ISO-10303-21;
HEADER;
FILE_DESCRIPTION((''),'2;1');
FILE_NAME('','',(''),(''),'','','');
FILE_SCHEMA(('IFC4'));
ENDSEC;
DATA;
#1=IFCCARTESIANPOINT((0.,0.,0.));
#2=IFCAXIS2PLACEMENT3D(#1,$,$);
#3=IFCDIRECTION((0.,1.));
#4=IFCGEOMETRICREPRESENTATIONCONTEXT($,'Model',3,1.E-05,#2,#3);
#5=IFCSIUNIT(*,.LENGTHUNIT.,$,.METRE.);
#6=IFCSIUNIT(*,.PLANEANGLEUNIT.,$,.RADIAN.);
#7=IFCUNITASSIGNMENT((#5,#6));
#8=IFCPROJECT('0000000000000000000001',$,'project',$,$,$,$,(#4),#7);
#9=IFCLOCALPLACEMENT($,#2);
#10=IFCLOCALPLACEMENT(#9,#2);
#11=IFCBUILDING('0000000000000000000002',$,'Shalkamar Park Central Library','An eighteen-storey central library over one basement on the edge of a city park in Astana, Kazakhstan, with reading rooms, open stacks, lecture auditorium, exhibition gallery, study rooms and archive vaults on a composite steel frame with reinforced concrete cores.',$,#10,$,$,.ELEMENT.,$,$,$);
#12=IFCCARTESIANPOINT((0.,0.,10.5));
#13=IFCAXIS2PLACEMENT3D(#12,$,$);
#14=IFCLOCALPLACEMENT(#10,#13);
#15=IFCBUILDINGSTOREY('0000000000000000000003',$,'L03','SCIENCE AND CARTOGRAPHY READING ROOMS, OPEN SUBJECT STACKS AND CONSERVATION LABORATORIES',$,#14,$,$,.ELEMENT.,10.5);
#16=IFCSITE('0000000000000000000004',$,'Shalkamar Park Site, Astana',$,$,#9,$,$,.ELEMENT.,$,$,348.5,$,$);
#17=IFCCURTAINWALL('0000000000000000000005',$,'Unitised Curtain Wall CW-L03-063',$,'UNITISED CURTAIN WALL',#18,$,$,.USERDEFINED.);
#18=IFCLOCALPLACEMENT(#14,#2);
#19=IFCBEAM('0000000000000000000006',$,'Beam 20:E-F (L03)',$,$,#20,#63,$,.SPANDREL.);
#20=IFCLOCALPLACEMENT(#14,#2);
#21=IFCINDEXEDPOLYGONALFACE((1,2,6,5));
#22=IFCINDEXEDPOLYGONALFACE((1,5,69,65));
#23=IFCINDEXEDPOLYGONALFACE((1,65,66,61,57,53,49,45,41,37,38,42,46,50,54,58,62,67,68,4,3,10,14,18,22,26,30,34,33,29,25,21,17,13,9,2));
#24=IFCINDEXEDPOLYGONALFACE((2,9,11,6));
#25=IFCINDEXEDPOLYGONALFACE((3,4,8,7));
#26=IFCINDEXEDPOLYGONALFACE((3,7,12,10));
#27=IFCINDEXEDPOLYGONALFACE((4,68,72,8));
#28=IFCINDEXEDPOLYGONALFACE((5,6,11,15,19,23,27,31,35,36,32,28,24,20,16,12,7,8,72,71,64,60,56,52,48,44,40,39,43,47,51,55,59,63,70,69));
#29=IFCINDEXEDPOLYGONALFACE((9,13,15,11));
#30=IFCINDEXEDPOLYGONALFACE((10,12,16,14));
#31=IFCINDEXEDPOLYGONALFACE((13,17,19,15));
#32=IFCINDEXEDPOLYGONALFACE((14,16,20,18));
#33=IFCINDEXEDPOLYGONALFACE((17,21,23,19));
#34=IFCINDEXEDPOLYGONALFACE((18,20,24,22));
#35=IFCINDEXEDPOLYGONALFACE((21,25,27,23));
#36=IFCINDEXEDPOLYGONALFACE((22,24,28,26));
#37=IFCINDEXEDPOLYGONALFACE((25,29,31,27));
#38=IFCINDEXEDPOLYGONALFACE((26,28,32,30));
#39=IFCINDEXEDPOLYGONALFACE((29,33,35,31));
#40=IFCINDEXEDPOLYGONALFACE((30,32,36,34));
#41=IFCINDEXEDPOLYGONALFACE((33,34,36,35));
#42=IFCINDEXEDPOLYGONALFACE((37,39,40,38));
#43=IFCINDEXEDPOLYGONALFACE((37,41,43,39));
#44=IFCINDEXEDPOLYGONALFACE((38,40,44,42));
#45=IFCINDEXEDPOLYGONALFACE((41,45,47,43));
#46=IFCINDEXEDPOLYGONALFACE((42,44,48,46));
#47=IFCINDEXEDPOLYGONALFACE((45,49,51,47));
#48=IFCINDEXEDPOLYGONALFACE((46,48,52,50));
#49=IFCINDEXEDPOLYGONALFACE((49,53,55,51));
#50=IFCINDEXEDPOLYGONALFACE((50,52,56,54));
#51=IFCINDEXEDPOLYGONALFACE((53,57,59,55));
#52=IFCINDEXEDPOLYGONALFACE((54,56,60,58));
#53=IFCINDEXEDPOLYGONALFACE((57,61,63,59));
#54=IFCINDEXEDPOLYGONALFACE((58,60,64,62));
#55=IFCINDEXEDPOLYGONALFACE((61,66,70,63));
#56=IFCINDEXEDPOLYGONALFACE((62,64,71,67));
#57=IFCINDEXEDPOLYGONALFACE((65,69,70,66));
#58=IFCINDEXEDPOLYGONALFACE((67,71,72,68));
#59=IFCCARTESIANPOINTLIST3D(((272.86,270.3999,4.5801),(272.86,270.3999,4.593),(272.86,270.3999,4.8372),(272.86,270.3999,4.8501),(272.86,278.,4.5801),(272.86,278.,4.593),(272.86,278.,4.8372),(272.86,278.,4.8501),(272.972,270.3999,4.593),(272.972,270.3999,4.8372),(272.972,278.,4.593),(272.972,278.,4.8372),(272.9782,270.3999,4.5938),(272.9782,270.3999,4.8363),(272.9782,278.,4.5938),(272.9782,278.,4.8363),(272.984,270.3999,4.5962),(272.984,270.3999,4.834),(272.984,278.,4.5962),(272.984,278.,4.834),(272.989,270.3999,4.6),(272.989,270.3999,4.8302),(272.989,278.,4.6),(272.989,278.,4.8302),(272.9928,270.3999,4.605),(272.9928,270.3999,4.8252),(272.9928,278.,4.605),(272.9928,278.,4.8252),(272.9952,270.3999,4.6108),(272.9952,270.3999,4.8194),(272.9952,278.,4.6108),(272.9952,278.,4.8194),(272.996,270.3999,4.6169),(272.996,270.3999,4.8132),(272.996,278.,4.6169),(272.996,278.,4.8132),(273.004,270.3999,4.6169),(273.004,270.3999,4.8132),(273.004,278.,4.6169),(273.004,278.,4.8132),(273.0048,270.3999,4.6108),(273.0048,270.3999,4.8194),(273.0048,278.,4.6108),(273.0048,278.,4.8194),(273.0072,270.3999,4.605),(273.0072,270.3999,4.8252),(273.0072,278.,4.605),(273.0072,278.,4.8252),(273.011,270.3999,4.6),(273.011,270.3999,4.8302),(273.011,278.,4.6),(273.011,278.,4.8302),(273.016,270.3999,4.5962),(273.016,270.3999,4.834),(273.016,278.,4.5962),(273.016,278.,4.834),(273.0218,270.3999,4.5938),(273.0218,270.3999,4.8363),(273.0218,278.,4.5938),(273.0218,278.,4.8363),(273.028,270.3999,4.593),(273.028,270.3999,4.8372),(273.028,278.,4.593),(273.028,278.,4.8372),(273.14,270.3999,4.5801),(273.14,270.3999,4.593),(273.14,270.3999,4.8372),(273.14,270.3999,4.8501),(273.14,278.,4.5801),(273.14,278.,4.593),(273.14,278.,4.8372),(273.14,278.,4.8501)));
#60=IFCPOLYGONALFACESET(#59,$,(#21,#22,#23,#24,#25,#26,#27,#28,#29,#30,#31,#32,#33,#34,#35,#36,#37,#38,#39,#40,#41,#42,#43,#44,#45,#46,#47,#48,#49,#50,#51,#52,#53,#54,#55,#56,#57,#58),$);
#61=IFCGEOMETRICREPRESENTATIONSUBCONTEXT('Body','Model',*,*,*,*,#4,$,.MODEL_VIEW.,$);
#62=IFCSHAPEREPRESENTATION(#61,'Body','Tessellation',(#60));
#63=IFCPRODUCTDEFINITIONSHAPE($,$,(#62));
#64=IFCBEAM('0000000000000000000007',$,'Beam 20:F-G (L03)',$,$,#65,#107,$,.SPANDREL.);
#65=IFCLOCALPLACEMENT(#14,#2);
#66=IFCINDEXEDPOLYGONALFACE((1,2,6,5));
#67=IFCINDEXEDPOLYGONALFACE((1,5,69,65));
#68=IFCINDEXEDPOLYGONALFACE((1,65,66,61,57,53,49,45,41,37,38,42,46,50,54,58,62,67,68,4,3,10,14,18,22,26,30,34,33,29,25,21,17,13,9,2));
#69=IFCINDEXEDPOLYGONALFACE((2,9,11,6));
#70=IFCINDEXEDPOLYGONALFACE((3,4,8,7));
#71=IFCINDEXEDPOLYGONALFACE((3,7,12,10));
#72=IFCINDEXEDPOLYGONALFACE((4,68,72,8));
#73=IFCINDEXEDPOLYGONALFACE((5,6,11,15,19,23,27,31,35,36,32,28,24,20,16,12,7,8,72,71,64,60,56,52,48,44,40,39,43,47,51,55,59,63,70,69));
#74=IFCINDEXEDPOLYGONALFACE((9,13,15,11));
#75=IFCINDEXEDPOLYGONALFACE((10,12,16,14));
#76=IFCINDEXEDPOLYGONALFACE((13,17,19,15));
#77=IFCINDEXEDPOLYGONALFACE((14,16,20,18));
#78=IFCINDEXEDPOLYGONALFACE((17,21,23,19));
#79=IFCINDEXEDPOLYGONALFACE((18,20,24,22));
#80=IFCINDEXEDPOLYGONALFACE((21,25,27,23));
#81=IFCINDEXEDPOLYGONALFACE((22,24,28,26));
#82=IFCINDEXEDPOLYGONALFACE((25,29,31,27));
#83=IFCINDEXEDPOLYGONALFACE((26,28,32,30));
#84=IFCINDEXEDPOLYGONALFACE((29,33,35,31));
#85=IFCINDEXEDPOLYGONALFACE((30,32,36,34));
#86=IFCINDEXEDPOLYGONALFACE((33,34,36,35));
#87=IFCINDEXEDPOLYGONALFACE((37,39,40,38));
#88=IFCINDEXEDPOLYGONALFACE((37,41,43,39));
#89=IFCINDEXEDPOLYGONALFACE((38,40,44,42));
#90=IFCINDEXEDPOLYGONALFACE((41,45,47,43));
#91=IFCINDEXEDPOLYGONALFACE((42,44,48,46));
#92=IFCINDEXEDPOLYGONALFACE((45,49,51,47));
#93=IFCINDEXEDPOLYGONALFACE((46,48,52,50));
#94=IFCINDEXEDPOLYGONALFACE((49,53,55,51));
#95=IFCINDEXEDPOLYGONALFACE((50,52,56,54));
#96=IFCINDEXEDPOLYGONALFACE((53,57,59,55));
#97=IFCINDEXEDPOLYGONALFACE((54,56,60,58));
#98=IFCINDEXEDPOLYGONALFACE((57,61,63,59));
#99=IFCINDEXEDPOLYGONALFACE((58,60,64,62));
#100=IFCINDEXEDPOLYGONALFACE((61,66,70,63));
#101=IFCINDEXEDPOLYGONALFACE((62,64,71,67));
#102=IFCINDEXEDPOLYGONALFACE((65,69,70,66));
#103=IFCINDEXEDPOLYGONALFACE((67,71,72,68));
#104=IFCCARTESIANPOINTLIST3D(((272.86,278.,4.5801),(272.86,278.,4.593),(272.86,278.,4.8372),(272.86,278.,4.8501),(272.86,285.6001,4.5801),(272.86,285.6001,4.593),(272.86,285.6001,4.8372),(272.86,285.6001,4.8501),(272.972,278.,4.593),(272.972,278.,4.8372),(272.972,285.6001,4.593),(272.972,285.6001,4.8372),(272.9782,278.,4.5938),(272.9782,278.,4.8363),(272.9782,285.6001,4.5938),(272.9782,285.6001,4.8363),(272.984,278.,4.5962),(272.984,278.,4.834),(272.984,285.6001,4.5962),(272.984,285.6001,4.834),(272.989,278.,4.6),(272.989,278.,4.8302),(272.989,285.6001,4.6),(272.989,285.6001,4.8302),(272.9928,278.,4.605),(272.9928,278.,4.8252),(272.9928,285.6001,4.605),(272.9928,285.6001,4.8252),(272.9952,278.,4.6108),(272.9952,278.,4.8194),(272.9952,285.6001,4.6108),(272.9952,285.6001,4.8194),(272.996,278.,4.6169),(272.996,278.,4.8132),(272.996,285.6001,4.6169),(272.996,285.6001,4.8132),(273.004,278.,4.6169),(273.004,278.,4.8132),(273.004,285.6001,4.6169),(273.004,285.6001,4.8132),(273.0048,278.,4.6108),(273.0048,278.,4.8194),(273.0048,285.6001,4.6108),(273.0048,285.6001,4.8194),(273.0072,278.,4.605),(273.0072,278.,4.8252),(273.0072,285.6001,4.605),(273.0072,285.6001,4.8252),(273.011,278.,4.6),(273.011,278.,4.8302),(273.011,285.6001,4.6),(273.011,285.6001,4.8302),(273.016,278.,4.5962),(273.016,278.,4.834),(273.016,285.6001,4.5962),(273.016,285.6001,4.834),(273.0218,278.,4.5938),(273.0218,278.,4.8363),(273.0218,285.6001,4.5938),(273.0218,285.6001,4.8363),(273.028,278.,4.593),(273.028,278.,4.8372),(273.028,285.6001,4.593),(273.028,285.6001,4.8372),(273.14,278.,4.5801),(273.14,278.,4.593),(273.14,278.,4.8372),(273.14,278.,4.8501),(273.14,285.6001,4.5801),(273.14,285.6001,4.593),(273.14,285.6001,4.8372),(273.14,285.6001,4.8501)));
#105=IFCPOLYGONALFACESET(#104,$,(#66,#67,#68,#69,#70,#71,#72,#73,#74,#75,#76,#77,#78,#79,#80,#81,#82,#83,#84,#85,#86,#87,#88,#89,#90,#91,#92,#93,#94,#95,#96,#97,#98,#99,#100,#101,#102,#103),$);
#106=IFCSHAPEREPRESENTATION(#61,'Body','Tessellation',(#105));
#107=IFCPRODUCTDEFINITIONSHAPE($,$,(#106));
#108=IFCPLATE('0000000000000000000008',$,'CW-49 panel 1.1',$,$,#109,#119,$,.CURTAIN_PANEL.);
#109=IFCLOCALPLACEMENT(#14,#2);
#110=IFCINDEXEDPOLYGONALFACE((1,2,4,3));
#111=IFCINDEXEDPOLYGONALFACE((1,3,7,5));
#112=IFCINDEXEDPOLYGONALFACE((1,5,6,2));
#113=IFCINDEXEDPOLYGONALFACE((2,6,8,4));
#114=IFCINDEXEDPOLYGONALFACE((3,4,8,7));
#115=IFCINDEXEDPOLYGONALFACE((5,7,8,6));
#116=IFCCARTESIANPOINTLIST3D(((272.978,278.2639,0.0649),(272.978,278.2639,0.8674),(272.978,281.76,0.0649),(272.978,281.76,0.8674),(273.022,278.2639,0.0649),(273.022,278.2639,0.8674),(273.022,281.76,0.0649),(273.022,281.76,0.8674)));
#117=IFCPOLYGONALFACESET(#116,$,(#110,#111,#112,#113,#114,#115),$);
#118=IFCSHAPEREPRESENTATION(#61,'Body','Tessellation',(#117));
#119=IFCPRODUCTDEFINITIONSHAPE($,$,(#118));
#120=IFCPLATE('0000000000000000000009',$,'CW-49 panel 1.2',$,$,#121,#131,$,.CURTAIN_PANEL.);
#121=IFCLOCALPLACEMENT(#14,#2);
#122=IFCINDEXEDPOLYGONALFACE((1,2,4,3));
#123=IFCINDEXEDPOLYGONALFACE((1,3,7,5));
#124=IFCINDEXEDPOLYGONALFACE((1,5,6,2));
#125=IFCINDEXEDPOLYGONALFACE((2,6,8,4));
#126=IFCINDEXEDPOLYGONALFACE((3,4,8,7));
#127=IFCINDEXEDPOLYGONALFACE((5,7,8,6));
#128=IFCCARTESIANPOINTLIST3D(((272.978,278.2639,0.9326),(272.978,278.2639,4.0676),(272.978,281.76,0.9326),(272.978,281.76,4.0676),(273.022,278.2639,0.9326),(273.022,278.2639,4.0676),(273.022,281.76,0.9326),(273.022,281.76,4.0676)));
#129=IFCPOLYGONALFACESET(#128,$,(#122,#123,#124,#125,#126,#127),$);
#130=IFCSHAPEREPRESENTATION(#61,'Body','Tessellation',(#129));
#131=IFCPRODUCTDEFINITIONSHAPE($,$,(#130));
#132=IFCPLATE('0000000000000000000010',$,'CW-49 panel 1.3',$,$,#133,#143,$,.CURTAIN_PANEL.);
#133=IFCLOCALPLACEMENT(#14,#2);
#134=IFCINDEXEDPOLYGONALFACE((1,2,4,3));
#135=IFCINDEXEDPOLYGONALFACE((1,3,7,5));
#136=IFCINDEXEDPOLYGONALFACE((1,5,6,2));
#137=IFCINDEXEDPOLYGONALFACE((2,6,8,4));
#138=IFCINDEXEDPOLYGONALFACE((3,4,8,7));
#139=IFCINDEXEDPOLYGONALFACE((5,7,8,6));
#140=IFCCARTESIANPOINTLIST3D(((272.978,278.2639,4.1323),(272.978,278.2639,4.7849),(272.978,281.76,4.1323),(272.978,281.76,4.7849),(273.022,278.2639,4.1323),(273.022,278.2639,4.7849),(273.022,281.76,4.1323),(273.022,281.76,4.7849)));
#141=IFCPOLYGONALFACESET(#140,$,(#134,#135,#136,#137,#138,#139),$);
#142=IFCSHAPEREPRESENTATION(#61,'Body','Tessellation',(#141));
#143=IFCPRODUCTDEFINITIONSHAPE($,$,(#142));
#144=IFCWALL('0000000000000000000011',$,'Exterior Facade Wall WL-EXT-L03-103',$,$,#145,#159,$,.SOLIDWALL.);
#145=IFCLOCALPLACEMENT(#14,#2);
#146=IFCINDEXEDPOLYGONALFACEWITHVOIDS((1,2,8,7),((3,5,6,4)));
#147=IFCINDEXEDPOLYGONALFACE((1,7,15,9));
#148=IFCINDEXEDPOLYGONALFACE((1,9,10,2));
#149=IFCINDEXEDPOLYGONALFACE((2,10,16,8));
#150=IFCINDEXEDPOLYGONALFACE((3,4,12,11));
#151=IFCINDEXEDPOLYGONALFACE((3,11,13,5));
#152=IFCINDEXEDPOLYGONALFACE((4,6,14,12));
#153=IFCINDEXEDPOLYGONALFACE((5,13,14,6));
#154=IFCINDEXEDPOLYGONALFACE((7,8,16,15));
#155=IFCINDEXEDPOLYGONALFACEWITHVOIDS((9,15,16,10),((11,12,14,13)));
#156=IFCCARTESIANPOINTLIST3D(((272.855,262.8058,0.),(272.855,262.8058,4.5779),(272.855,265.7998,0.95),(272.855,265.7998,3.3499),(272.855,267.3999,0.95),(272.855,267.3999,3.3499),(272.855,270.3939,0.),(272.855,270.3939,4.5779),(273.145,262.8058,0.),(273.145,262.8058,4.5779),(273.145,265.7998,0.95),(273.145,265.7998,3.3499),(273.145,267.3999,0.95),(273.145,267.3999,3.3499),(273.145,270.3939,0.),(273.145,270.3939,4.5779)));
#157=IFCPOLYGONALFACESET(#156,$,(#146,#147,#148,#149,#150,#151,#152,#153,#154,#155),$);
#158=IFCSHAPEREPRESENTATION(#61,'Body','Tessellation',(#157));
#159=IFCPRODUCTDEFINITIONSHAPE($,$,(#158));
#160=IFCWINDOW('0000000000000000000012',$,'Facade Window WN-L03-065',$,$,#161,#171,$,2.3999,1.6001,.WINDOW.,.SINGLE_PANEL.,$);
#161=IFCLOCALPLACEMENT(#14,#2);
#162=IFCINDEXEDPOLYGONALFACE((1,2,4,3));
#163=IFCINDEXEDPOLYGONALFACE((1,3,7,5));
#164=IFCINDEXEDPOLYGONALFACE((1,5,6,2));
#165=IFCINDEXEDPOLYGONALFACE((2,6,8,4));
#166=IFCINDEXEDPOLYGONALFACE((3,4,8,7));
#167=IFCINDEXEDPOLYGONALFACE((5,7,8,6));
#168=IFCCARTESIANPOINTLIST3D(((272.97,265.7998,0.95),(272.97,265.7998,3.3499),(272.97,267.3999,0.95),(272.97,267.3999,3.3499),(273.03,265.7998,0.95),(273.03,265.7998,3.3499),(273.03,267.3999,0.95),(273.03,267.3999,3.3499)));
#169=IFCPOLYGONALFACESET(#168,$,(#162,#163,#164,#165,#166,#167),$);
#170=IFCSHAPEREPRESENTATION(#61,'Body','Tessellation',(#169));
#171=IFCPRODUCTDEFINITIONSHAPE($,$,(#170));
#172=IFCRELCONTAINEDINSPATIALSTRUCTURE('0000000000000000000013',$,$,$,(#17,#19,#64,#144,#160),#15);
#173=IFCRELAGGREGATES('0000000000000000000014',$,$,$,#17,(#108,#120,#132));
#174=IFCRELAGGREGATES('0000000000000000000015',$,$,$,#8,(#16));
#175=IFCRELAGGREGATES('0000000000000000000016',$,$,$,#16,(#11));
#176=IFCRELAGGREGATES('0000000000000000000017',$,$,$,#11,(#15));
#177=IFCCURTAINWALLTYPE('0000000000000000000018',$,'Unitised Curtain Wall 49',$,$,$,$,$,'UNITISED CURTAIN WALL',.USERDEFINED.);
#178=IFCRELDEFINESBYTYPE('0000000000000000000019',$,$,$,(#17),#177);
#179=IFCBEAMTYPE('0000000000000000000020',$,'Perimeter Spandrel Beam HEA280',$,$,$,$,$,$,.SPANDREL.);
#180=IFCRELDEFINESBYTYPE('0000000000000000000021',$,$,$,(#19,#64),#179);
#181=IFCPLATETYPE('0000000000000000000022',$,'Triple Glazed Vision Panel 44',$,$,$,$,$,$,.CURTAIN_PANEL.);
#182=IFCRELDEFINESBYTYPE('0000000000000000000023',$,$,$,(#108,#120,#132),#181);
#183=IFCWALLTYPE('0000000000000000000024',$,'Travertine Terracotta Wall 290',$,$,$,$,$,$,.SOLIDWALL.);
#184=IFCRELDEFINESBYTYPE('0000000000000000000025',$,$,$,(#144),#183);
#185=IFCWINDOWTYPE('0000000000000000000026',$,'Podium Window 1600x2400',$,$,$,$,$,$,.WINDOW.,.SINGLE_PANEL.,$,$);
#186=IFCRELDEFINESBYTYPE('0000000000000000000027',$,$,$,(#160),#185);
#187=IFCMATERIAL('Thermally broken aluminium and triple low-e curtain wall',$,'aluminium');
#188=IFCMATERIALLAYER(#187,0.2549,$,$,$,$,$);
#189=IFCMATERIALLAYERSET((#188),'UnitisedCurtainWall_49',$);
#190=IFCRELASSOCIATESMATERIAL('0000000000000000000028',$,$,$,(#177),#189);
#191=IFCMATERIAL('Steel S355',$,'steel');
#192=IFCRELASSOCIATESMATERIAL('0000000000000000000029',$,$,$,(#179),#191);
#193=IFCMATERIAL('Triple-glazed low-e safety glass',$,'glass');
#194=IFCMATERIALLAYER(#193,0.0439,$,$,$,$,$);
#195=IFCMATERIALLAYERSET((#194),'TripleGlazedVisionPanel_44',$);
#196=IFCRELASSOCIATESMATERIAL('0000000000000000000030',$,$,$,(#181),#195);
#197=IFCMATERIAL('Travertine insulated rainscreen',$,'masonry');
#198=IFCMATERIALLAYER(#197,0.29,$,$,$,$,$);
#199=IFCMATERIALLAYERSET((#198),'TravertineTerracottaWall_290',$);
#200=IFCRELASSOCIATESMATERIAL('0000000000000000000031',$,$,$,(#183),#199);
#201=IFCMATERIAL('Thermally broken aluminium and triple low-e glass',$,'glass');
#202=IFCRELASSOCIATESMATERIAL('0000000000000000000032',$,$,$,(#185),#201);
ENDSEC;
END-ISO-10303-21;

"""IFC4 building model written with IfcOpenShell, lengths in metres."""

from ifc_helpers import new_model, si_unit, direction, frame, frame_2d, origin, origin_2d, place, context, subcontext, project, spatial, rectangle, i_section, extrude, material, layer, layer_set, material_profile, profile_set, type_object, element, fill, aggregate, save


model = new_model("IFC4")

# Units and contexts
model_context = context("Model", 3, precision=1e-05, world=origin(), true_north=direction((0.0, 1.0)))
body_context = subcontext(model_context, "Body", "Model", "MODEL_VIEW")
ifc_project = project(units=[si_unit("LENGTHUNIT", "METRE"), si_unit("PLANEANGLEUNIT", "RADIAN")], contexts=[model_context])

# Site, building, storey
site_placement = place(None, origin())
site = spatial("IfcSite", under=ifc_project, at=site_placement, Name="Shalkamar Park Site, Astana", CompositionType="ELEMENT", RefElevation=348.5)
building_placement = place(site_placement, origin())
building = spatial("IfcBuilding", under=site, at=building_placement, Name="Shalkamar Park Central Library", Description="An eighteen-storey central library over one basement on the edge of a city park in Astana, Kazakhstan, with reading rooms, open stacks, lecture auditorium, exhibition gallery, study rooms and archive vaults on a composite steel frame with reinforced concrete cores.", CompositionType="ELEMENT")
storey_placement = place(building_placement, frame((0.0, 0.0, 10.5)))
storey = spatial("IfcBuildingStorey", under=building, at=storey_placement, Name="L03", Description="SCIENCE AND CARTOGRAPHY READING ROOMS, OPEN SUBJECT STACKS AND CONSERVATION LABORATORIES", CompositionType="ELEMENT", Elevation=10.5)

# Shared definitions
ifc_material_1 = material(Name="Steel S355", Category="steel")

# Curtain wall
ifc_material_2 = material(Name="Thermally broken aluminium and triple low-e curtain wall", Category="aluminium")
ifc_layer_1 = layer(ifc_material_2, 0.2549)
ifc_layer_set_1 = layer_set([ifc_layer_1], Name="UnitisedCurtainWall_49")
curtain_wall_type = type_object("IfcCurtainWallType", Name="Unitised Curtain Wall 49", ElementType="UNITISED CURTAIN WALL", PredefinedType="USERDEFINED", material=ifc_layer_set_1)
curtain_wall_placement = place(storey_placement, origin())
curtain_wall = element("IfcCurtainWall", 1, at=curtain_wall_placement, inside=storey, type_object=curtain_wall_type, Name="Unitised Curtain Wall CW-L03-063", ObjectType="UNITISED CURTAIN WALL", PredefinedType="USERDEFINED")

# Beams
ifc_material_profile_1 = material_profile(ifc_material_1, i_section(OverallWidth=0.28, OverallDepth=0.27, WebThickness=0.0081, FlangeThickness=0.0129, FilletRadius=0.0239, at=origin_2d()), Name="HEA 280")
ifc_profile_set_1 = profile_set([ifc_material_profile_1], Name="Steel S355")
beam_type_1 = type_object("IfcBeamType", Name="Perimeter Spandrel Beam HEA280", PredefinedType="SPANDREL", material=ifc_profile_set_1)
for number, where, z_axis, x_axis, name in (
    (2, (273.0, 270.3999, 4.7151), (0.0, 1.0, 0.0), (-1.0, 0.0, 0.0), "Beam 20:E-F (L03)"),
    (3, (273.0, 278.0, 4.7151), (0.0, 1.0, 0.0), (-1.0, 0.0, 0.0), "Beam 20:F-G (L03)"),
):
    element("IfcBeam", number, at=place(storey_placement, frame(where, z_axis=z_axis, x_axis=x_axis)), inside=storey, type_object=beam_type_1, Name=name, PredefinedType="SPANDREL", context=body_context, shape_type="SweptSolid", body=[
        extrude(i_section(OverallWidth=0.28, OverallDepth=0.27, WebThickness=0.0081, FlangeThickness=0.0129, FilletRadius=0.0239, at=origin_2d()), origin(), (0.0, 0.0, 1.0), 7.6001),
    ])

# Plates
ifc_material_3 = material(Name="Triple-glazed low-e safety glass", Category="glass")
ifc_layer_2 = layer(ifc_material_3, 0.0439)
ifc_layer_set_2 = layer_set([ifc_layer_2], Name="TripleGlazedVisionPanel_44")
plate_type = type_object("IfcPlateType", Name="Triple Glazed Vision Panel 44", PredefinedType="CURTAIN_PANEL", material=ifc_layer_set_2)
plate_1_placement = place(storey_placement, frame((273.0, 280.012, 0.0649), z_axis=(0.0, 0.0, 1.0), x_axis=(0.0, 1.0, 0.0)))
plate_1 = element("IfcPlate", 4, at=plate_1_placement, type_object=plate_type, Name="CW-49 panel 1.1", PredefinedType="CURTAIN_PANEL", context=body_context, shape_type="SweptSolid", body=[
    extrude(rectangle(XDim=3.4961, YDim=0.0439, at=origin_2d()), origin(), (0.0, 0.0, 1.0), 0.8025),
])
plate_2_placement = place(storey_placement, frame((273.0, 280.012, 0.9326), z_axis=(0.0, 0.0, 1.0), x_axis=(0.0, 1.0, 0.0)))
plate_2 = element("IfcPlate", 5, at=plate_2_placement, type_object=plate_type, Name="CW-49 panel 1.2", PredefinedType="CURTAIN_PANEL", context=body_context, shape_type="SweptSolid", body=[
    extrude(rectangle(XDim=3.4961, YDim=0.0439, at=origin_2d()), origin(), (0.0, 0.0, 1.0), 3.135),
])
plate_3_placement = place(storey_placement, frame((273.0, 280.012, 4.1323), z_axis=(0.0, 0.0, 1.0), x_axis=(0.0, 1.0, 0.0)))
plate_3 = element("IfcPlate", 6, at=plate_3_placement, type_object=plate_type, Name="CW-49 panel 1.3", PredefinedType="CURTAIN_PANEL", context=body_context, shape_type="SweptSolid", body=[
    extrude(rectangle(XDim=3.4961, YDim=0.0439, at=origin_2d()), origin(), (0.0, 0.0, 1.0), 0.6526),
])
aggregate(curtain_wall, [plate_1, plate_2, plate_3])

# Wall, opening, window
ifc_material_4 = material(Name="Travertine insulated rainscreen", Category="masonry")
ifc_layer_3 = layer(ifc_material_4, 0.29)
ifc_layer_set_3 = layer_set([ifc_layer_3], Name="TravertineTerracottaWall_290")
wall_type = type_object("IfcWallType", Name="Travertine Terracotta Wall 290", PredefinedType="SOLIDWALL", material=ifc_layer_set_3)
wall_1_placement = place(storey_placement, frame((273.0, 262.8059, 0.0), z_axis=(0.0, 0.0, 1.0), x_axis=(0.0, 1.0, 0.0)))
wall_1 = element("IfcWall", 7, at=wall_1_placement, inside=storey, type_object=wall_type, Name="Exterior Facade Wall WL-EXT-L03-103", PredefinedType="SOLIDWALL", context=body_context, shape_type="SweptSolid", body=[
    extrude(rectangle(XDim=7.5881, YDim=0.29, at=frame_2d((3.7939, 0.0))), origin(), (0.0, 0.0, 1.0), 4.5779),
])
opening_1_placement = place(wall_1_placement, frame((2.9939, 0.0, 0.95)))
opening_1 = element("IfcOpeningElement", 8, at=opening_1_placement, cuts=wall_1, PredefinedType="OPENING", context=body_context, shape_type="SweptSolid", body=[
    extrude(rectangle(XDim=1.6001, YDim=2.3999, at=frame_2d((0.8, 1.2))), frame((0.0, 0.1599, 0.0), z_axis=(0.0, -1.0, 0.0), x_axis=(1.0, 0.0, 0.0)), (0.0, 0.0, 1.0), 0.3198),
])
ifc_material_5 = material(Name="Thermally broken aluminium and triple low-e glass", Category="glass")
window_type_1 = type_object("IfcWindowType", Name="Podium Window 1600x2400", PartitioningType="SINGLE_PANEL", PredefinedType="WINDOW", material=ifc_material_5)
window_1_placement = place(opening_1_placement, origin())
window_1 = element("IfcWindow", 9, at=window_1_placement, inside=storey, type_object=window_type_1, Name="Facade Window WN-L03-065", OverallHeight=2.3999, OverallWidth=1.6001, PartitioningType="SINGLE_PANEL", PredefinedType="WINDOW", context=body_context, shape_type="SweptSolid", body=[
    extrude(rectangle(XDim=1.6001, YDim=2.3999, at=frame_2d((0.8, 1.2))), frame((0.0, 0.03, 0.0), z_axis=(0.0, -1.0, 0.0), x_axis=(1.0, 0.0, 0.0)), (0.0, 0.0, 1.0), 0.0601),
])
fill(opening_1, window_1)

save(model, "model.ifc")
